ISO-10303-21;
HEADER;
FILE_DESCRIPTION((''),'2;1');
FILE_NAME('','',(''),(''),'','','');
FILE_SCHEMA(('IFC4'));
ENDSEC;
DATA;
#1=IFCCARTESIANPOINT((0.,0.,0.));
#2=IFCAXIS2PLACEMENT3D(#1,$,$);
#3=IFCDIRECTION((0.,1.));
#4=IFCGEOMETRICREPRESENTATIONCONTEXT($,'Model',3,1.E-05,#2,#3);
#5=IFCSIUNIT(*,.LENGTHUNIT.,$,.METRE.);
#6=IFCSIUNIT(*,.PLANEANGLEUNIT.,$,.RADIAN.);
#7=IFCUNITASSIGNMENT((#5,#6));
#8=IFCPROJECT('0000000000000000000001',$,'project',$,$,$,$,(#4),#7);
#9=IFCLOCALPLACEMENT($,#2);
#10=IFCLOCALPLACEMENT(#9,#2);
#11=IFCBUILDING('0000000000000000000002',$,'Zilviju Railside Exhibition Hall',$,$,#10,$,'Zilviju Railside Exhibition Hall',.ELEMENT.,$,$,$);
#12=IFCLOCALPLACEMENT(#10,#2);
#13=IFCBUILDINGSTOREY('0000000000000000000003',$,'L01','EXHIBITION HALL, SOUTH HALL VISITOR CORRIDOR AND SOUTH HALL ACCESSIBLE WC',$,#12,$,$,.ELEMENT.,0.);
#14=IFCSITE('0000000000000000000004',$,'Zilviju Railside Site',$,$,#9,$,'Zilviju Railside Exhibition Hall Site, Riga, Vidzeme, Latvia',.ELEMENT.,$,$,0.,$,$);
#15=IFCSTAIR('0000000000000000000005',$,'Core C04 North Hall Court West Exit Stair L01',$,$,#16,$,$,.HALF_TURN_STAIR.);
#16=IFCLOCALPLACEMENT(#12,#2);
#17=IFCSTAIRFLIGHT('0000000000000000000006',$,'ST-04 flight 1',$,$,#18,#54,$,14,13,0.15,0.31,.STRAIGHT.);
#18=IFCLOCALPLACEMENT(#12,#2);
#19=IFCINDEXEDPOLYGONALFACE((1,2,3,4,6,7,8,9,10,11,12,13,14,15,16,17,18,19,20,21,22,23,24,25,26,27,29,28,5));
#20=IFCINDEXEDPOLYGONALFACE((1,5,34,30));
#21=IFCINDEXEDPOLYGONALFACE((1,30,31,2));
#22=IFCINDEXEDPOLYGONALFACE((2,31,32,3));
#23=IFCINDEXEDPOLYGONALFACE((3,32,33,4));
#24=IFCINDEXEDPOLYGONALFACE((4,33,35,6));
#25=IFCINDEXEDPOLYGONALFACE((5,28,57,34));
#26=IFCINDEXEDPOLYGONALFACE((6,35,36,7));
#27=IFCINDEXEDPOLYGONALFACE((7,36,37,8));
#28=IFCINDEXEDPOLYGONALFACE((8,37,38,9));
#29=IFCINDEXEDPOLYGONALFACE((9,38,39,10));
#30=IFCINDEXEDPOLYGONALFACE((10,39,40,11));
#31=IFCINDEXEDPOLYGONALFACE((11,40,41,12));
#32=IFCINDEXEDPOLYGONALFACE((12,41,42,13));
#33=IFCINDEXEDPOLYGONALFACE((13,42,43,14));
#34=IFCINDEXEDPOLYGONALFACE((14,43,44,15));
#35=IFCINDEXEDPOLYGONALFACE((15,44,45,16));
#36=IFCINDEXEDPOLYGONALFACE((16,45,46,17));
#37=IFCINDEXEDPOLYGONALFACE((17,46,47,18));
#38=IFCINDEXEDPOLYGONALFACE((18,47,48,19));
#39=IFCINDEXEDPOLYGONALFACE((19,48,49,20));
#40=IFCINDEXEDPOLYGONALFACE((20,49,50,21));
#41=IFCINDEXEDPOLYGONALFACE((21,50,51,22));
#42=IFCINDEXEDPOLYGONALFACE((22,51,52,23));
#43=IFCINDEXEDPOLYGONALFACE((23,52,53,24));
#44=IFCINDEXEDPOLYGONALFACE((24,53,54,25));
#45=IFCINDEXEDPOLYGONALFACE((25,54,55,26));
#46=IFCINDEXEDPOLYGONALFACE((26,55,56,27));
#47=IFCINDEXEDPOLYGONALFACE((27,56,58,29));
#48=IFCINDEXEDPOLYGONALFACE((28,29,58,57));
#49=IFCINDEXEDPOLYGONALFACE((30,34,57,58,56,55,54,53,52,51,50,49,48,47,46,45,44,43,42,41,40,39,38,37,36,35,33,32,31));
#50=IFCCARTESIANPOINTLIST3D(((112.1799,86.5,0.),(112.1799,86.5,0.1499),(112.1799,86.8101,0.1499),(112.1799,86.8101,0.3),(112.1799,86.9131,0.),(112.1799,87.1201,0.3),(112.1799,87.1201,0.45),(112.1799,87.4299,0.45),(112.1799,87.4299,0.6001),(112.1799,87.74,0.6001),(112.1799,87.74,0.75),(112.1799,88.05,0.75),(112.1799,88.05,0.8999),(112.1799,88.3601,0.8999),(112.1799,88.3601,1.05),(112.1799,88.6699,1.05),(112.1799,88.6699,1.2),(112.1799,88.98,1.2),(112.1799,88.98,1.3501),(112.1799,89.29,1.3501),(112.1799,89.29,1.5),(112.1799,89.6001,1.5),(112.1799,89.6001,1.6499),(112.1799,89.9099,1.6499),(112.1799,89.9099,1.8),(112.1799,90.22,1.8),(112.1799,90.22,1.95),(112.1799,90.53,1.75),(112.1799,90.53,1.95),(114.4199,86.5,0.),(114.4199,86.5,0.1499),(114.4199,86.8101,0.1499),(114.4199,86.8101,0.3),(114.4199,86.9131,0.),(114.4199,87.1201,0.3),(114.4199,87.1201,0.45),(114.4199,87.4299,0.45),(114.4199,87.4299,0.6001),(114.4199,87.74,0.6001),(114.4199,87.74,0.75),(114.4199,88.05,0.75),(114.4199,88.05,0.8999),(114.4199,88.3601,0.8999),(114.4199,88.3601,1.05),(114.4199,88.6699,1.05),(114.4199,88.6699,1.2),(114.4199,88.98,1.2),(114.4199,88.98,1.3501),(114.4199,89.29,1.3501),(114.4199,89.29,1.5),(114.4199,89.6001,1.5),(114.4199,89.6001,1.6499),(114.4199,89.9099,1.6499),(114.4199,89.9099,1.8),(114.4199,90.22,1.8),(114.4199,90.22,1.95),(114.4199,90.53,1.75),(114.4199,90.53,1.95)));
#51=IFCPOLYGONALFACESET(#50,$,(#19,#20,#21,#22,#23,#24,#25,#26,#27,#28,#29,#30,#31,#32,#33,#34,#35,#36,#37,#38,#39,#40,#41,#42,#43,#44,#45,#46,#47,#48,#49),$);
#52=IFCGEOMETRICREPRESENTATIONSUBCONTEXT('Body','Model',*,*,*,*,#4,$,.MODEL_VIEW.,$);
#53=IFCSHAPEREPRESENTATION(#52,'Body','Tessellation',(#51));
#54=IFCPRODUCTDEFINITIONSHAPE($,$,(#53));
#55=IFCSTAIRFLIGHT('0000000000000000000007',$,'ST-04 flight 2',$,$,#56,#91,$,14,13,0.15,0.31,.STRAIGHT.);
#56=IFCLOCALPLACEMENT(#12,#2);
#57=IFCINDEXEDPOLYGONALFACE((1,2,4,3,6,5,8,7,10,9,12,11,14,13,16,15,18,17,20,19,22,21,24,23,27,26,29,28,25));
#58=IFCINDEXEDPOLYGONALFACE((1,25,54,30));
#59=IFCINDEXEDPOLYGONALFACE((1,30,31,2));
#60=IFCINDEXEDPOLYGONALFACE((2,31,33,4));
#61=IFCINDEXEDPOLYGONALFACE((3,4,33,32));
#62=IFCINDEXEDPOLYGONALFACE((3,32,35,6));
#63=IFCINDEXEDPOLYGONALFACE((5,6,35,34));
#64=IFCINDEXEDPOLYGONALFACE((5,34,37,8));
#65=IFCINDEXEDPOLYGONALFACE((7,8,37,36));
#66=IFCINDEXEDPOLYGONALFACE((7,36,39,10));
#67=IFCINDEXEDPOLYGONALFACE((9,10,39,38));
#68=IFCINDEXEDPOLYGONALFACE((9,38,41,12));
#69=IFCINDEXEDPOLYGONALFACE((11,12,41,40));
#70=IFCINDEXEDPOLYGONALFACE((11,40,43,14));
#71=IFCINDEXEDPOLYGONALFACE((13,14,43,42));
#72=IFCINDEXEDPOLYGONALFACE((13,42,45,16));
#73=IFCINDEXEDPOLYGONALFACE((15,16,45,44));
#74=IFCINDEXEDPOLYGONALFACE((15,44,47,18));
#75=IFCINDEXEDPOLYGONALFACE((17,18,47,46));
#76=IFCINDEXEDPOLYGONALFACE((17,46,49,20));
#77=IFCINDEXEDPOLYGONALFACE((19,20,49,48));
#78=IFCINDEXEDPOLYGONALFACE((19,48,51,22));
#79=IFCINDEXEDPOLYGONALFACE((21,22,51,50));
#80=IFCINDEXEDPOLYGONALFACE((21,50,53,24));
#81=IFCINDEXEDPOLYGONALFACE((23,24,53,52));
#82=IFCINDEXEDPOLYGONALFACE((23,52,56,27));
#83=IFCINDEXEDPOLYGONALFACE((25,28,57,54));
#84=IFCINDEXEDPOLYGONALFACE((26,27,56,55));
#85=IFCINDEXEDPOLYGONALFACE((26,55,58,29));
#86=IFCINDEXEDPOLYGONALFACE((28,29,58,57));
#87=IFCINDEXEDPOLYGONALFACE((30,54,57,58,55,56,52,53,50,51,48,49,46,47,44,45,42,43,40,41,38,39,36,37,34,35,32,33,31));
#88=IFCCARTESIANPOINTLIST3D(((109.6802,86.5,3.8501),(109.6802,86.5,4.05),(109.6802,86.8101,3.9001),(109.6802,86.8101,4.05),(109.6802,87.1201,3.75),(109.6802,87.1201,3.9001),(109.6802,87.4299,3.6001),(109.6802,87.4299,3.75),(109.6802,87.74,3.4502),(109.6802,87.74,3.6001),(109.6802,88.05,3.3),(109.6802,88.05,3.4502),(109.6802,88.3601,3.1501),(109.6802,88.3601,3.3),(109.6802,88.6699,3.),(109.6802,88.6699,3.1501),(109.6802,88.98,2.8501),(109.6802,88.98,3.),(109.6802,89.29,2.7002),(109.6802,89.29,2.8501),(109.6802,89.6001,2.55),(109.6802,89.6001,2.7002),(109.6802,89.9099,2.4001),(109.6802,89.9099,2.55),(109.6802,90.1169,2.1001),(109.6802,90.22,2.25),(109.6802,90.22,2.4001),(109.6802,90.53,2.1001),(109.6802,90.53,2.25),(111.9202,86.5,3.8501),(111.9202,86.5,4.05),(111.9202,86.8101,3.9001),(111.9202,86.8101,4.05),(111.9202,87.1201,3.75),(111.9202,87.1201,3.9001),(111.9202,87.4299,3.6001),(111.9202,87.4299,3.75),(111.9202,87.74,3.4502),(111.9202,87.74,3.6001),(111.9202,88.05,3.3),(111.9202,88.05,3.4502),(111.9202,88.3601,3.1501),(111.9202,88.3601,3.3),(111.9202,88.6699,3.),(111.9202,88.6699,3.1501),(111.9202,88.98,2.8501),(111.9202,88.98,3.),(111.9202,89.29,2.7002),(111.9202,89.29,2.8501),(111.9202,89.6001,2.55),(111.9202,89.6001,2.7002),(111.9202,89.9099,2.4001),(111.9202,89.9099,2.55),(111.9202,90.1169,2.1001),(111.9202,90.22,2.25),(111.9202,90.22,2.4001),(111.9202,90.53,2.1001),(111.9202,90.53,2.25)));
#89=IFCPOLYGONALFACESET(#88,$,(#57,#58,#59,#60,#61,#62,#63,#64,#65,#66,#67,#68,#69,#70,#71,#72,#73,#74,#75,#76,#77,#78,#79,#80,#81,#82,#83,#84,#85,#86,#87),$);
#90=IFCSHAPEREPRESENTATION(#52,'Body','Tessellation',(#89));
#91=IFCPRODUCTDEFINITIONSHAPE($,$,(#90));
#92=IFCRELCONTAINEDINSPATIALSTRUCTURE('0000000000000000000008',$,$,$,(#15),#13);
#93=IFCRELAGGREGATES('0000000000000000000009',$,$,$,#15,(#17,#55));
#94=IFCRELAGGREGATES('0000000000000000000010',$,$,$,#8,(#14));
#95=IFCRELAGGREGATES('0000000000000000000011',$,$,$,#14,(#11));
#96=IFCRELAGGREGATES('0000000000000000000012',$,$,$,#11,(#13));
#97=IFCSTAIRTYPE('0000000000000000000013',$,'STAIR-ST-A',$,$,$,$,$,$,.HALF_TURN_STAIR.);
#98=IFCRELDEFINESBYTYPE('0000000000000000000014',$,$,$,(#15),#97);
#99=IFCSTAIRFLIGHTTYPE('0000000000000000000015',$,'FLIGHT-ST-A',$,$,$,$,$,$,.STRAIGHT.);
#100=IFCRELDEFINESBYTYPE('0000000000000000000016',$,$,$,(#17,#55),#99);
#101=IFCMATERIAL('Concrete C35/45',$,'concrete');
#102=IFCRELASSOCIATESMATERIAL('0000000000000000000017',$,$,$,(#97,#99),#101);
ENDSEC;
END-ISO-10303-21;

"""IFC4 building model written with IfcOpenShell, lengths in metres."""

from ifc_helpers import new_model, si_unit, direction, frame, origin, place, context, subcontext, project, spatial, polyline, outline, extrude, material, type_object, element, aggregate, save


model = new_model("IFC4")

# Units and contexts
model_context = context("Model", 3, precision=1e-05, world=origin(), true_north=direction((0.0, 1.0)))
body_context = subcontext(model_context, "Body", "Model", "MODEL_VIEW")
ifc_project = project(units=[si_unit("LENGTHUNIT", "METRE"), si_unit("PLANEANGLEUNIT", "RADIAN")], contexts=[model_context])

# Site, building, storey
site_placement = place(None, origin())
site = spatial("IfcSite", under=ifc_project, at=site_placement, Name="Zilviju Railside Site", LongName="Zilviju Railside Exhibition Hall Site, Riga, Vidzeme, Latvia", CompositionType="ELEMENT", RefElevation=0.0)
building_placement = place(site_placement, origin())
building = spatial("IfcBuilding", under=site, at=building_placement, Name="Zilviju Railside Exhibition Hall", LongName="Zilviju Railside Exhibition Hall", CompositionType="ELEMENT")
storey_placement = place(building_placement, origin())
storey = spatial("IfcBuildingStorey", under=building, at=storey_placement, Name="L01", Description="EXHIBITION HALL, SOUTH HALL VISITOR CORRIDOR AND SOUTH HALL ACCESSIBLE WC", CompositionType="ELEMENT", Elevation=0.0)

# Shared definitions
ifc_material_1 = material(Name="Concrete C35/45", Category="concrete")

# Stair, stair flights
stair_type = type_object("IfcStairType", Name="STAIR-ST-A", PredefinedType="HALF_TURN_STAIR", material=ifc_material_1)
stair_placement = place(storey_placement, origin())
stair = element("IfcStair", 1, at=stair_placement, inside=storey, type_object=stair_type, Name="Core C04 North Hall Court West Exit Stair L01", PredefinedType="HALF_TURN_STAIR")
stair_flight_type = type_object("IfcStairFlightType", Name="FLIGHT-ST-A", PredefinedType="STRAIGHT", material=ifc_material_1)
stair_flight_1_placement = place(storey_placement, frame((113.3, 86.5, 0.0), z_axis=(0.0, 0.0, 1.0), x_axis=(0.0, 1.0, 0.0)))
stair_flight_1 = element("IfcStairFlight", 2, at=stair_flight_1_placement, type_object=stair_flight_type, Name="ST-04 flight 1", NumberOfRisers=14, NumberOfTreads=13, PredefinedType="STRAIGHT", RiserHeight=0.15, TreadLength=0.31, context=body_context, shape_type="SweptSolid", body=[
    extrude(outline(polyline([(0.0, 0.0), (0.0, 0.1499), (0.3101, 0.1499), (0.3101, 0.3), (0.6201, 0.3), (0.6201, 0.45), (0.9299, 0.45), (0.9299, 0.6001), (1.24, 0.6001), (1.24, 0.75), (1.55, 0.75), (1.55, 0.8999), (1.8601, 0.8999), (1.8601, 1.05), (2.1699, 1.05), (2.1699, 1.2), (2.48, 1.2), (2.48, 1.3501), (2.79, 1.3501), (2.79, 1.5), (3.1001, 1.5), (3.1001, 1.6499), (3.4099, 1.6499), (3.4099, 1.8), (3.72, 1.8), (3.72, 1.95), (4.03, 1.95), (4.03, 2.1001), (4.03, 1.75), (0.4131, 0.0), (0.0, 0.0)])), frame((0.0, 1.1201, 0.0), z_axis=(0.0, -1.0, 0.0), x_axis=(1.0, 0.0, 0.0)), (0.0, 0.0, 1.0), 2.24),
])
stair_flight_2_placement = place(storey_placement, frame((110.8, 90.53, 2.1001), z_axis=(0.0, 0.0, 1.0), x_axis=(0.0, -1.0, 0.0)))
stair_flight_2 = element("IfcStairFlight", 3, at=stair_flight_2_placement, type_object=stair_flight_type, Name="ST-04 flight 2", NumberOfRisers=14, NumberOfTreads=13, PredefinedType="STRAIGHT", RiserHeight=0.15, TreadLength=0.31, context=body_context, shape_type="SweptSolid", body=[
    extrude(outline(polyline([(0.0, 0.0), (0.0, 0.1499), (0.3101, 0.1499), (0.3101, 0.3), (0.6201, 0.3), (0.6201, 0.45), (0.9299, 0.45), (0.9299, 0.6001), (1.24, 0.6001), (1.24, 0.75), (1.55, 0.75), (1.55, 0.8999), (1.8601, 0.8999), (1.8601, 1.05), (2.1699, 1.05), (2.1699, 1.2), (2.48, 1.2), (2.48, 1.3501), (2.79, 1.3501), (2.79, 1.5), (3.1001, 1.5), (3.1001, 1.6499), (3.4099, 1.6499), (3.4099, 1.8), (3.72, 1.8), (3.72, 1.95), (4.03, 1.95), (4.03, 2.1001), (4.03, 1.75), (0.4131, 0.0), (0.0, 0.0)])), frame((0.0, 1.1201, 0.0), z_axis=(0.0, -1.0, 0.0), x_axis=(1.0, 0.0, 0.0)), (0.0, 0.0, 1.0), 2.24),
])
aggregate(stair, [stair_flight_1, stair_flight_2])

save(model, "model.ifc")
